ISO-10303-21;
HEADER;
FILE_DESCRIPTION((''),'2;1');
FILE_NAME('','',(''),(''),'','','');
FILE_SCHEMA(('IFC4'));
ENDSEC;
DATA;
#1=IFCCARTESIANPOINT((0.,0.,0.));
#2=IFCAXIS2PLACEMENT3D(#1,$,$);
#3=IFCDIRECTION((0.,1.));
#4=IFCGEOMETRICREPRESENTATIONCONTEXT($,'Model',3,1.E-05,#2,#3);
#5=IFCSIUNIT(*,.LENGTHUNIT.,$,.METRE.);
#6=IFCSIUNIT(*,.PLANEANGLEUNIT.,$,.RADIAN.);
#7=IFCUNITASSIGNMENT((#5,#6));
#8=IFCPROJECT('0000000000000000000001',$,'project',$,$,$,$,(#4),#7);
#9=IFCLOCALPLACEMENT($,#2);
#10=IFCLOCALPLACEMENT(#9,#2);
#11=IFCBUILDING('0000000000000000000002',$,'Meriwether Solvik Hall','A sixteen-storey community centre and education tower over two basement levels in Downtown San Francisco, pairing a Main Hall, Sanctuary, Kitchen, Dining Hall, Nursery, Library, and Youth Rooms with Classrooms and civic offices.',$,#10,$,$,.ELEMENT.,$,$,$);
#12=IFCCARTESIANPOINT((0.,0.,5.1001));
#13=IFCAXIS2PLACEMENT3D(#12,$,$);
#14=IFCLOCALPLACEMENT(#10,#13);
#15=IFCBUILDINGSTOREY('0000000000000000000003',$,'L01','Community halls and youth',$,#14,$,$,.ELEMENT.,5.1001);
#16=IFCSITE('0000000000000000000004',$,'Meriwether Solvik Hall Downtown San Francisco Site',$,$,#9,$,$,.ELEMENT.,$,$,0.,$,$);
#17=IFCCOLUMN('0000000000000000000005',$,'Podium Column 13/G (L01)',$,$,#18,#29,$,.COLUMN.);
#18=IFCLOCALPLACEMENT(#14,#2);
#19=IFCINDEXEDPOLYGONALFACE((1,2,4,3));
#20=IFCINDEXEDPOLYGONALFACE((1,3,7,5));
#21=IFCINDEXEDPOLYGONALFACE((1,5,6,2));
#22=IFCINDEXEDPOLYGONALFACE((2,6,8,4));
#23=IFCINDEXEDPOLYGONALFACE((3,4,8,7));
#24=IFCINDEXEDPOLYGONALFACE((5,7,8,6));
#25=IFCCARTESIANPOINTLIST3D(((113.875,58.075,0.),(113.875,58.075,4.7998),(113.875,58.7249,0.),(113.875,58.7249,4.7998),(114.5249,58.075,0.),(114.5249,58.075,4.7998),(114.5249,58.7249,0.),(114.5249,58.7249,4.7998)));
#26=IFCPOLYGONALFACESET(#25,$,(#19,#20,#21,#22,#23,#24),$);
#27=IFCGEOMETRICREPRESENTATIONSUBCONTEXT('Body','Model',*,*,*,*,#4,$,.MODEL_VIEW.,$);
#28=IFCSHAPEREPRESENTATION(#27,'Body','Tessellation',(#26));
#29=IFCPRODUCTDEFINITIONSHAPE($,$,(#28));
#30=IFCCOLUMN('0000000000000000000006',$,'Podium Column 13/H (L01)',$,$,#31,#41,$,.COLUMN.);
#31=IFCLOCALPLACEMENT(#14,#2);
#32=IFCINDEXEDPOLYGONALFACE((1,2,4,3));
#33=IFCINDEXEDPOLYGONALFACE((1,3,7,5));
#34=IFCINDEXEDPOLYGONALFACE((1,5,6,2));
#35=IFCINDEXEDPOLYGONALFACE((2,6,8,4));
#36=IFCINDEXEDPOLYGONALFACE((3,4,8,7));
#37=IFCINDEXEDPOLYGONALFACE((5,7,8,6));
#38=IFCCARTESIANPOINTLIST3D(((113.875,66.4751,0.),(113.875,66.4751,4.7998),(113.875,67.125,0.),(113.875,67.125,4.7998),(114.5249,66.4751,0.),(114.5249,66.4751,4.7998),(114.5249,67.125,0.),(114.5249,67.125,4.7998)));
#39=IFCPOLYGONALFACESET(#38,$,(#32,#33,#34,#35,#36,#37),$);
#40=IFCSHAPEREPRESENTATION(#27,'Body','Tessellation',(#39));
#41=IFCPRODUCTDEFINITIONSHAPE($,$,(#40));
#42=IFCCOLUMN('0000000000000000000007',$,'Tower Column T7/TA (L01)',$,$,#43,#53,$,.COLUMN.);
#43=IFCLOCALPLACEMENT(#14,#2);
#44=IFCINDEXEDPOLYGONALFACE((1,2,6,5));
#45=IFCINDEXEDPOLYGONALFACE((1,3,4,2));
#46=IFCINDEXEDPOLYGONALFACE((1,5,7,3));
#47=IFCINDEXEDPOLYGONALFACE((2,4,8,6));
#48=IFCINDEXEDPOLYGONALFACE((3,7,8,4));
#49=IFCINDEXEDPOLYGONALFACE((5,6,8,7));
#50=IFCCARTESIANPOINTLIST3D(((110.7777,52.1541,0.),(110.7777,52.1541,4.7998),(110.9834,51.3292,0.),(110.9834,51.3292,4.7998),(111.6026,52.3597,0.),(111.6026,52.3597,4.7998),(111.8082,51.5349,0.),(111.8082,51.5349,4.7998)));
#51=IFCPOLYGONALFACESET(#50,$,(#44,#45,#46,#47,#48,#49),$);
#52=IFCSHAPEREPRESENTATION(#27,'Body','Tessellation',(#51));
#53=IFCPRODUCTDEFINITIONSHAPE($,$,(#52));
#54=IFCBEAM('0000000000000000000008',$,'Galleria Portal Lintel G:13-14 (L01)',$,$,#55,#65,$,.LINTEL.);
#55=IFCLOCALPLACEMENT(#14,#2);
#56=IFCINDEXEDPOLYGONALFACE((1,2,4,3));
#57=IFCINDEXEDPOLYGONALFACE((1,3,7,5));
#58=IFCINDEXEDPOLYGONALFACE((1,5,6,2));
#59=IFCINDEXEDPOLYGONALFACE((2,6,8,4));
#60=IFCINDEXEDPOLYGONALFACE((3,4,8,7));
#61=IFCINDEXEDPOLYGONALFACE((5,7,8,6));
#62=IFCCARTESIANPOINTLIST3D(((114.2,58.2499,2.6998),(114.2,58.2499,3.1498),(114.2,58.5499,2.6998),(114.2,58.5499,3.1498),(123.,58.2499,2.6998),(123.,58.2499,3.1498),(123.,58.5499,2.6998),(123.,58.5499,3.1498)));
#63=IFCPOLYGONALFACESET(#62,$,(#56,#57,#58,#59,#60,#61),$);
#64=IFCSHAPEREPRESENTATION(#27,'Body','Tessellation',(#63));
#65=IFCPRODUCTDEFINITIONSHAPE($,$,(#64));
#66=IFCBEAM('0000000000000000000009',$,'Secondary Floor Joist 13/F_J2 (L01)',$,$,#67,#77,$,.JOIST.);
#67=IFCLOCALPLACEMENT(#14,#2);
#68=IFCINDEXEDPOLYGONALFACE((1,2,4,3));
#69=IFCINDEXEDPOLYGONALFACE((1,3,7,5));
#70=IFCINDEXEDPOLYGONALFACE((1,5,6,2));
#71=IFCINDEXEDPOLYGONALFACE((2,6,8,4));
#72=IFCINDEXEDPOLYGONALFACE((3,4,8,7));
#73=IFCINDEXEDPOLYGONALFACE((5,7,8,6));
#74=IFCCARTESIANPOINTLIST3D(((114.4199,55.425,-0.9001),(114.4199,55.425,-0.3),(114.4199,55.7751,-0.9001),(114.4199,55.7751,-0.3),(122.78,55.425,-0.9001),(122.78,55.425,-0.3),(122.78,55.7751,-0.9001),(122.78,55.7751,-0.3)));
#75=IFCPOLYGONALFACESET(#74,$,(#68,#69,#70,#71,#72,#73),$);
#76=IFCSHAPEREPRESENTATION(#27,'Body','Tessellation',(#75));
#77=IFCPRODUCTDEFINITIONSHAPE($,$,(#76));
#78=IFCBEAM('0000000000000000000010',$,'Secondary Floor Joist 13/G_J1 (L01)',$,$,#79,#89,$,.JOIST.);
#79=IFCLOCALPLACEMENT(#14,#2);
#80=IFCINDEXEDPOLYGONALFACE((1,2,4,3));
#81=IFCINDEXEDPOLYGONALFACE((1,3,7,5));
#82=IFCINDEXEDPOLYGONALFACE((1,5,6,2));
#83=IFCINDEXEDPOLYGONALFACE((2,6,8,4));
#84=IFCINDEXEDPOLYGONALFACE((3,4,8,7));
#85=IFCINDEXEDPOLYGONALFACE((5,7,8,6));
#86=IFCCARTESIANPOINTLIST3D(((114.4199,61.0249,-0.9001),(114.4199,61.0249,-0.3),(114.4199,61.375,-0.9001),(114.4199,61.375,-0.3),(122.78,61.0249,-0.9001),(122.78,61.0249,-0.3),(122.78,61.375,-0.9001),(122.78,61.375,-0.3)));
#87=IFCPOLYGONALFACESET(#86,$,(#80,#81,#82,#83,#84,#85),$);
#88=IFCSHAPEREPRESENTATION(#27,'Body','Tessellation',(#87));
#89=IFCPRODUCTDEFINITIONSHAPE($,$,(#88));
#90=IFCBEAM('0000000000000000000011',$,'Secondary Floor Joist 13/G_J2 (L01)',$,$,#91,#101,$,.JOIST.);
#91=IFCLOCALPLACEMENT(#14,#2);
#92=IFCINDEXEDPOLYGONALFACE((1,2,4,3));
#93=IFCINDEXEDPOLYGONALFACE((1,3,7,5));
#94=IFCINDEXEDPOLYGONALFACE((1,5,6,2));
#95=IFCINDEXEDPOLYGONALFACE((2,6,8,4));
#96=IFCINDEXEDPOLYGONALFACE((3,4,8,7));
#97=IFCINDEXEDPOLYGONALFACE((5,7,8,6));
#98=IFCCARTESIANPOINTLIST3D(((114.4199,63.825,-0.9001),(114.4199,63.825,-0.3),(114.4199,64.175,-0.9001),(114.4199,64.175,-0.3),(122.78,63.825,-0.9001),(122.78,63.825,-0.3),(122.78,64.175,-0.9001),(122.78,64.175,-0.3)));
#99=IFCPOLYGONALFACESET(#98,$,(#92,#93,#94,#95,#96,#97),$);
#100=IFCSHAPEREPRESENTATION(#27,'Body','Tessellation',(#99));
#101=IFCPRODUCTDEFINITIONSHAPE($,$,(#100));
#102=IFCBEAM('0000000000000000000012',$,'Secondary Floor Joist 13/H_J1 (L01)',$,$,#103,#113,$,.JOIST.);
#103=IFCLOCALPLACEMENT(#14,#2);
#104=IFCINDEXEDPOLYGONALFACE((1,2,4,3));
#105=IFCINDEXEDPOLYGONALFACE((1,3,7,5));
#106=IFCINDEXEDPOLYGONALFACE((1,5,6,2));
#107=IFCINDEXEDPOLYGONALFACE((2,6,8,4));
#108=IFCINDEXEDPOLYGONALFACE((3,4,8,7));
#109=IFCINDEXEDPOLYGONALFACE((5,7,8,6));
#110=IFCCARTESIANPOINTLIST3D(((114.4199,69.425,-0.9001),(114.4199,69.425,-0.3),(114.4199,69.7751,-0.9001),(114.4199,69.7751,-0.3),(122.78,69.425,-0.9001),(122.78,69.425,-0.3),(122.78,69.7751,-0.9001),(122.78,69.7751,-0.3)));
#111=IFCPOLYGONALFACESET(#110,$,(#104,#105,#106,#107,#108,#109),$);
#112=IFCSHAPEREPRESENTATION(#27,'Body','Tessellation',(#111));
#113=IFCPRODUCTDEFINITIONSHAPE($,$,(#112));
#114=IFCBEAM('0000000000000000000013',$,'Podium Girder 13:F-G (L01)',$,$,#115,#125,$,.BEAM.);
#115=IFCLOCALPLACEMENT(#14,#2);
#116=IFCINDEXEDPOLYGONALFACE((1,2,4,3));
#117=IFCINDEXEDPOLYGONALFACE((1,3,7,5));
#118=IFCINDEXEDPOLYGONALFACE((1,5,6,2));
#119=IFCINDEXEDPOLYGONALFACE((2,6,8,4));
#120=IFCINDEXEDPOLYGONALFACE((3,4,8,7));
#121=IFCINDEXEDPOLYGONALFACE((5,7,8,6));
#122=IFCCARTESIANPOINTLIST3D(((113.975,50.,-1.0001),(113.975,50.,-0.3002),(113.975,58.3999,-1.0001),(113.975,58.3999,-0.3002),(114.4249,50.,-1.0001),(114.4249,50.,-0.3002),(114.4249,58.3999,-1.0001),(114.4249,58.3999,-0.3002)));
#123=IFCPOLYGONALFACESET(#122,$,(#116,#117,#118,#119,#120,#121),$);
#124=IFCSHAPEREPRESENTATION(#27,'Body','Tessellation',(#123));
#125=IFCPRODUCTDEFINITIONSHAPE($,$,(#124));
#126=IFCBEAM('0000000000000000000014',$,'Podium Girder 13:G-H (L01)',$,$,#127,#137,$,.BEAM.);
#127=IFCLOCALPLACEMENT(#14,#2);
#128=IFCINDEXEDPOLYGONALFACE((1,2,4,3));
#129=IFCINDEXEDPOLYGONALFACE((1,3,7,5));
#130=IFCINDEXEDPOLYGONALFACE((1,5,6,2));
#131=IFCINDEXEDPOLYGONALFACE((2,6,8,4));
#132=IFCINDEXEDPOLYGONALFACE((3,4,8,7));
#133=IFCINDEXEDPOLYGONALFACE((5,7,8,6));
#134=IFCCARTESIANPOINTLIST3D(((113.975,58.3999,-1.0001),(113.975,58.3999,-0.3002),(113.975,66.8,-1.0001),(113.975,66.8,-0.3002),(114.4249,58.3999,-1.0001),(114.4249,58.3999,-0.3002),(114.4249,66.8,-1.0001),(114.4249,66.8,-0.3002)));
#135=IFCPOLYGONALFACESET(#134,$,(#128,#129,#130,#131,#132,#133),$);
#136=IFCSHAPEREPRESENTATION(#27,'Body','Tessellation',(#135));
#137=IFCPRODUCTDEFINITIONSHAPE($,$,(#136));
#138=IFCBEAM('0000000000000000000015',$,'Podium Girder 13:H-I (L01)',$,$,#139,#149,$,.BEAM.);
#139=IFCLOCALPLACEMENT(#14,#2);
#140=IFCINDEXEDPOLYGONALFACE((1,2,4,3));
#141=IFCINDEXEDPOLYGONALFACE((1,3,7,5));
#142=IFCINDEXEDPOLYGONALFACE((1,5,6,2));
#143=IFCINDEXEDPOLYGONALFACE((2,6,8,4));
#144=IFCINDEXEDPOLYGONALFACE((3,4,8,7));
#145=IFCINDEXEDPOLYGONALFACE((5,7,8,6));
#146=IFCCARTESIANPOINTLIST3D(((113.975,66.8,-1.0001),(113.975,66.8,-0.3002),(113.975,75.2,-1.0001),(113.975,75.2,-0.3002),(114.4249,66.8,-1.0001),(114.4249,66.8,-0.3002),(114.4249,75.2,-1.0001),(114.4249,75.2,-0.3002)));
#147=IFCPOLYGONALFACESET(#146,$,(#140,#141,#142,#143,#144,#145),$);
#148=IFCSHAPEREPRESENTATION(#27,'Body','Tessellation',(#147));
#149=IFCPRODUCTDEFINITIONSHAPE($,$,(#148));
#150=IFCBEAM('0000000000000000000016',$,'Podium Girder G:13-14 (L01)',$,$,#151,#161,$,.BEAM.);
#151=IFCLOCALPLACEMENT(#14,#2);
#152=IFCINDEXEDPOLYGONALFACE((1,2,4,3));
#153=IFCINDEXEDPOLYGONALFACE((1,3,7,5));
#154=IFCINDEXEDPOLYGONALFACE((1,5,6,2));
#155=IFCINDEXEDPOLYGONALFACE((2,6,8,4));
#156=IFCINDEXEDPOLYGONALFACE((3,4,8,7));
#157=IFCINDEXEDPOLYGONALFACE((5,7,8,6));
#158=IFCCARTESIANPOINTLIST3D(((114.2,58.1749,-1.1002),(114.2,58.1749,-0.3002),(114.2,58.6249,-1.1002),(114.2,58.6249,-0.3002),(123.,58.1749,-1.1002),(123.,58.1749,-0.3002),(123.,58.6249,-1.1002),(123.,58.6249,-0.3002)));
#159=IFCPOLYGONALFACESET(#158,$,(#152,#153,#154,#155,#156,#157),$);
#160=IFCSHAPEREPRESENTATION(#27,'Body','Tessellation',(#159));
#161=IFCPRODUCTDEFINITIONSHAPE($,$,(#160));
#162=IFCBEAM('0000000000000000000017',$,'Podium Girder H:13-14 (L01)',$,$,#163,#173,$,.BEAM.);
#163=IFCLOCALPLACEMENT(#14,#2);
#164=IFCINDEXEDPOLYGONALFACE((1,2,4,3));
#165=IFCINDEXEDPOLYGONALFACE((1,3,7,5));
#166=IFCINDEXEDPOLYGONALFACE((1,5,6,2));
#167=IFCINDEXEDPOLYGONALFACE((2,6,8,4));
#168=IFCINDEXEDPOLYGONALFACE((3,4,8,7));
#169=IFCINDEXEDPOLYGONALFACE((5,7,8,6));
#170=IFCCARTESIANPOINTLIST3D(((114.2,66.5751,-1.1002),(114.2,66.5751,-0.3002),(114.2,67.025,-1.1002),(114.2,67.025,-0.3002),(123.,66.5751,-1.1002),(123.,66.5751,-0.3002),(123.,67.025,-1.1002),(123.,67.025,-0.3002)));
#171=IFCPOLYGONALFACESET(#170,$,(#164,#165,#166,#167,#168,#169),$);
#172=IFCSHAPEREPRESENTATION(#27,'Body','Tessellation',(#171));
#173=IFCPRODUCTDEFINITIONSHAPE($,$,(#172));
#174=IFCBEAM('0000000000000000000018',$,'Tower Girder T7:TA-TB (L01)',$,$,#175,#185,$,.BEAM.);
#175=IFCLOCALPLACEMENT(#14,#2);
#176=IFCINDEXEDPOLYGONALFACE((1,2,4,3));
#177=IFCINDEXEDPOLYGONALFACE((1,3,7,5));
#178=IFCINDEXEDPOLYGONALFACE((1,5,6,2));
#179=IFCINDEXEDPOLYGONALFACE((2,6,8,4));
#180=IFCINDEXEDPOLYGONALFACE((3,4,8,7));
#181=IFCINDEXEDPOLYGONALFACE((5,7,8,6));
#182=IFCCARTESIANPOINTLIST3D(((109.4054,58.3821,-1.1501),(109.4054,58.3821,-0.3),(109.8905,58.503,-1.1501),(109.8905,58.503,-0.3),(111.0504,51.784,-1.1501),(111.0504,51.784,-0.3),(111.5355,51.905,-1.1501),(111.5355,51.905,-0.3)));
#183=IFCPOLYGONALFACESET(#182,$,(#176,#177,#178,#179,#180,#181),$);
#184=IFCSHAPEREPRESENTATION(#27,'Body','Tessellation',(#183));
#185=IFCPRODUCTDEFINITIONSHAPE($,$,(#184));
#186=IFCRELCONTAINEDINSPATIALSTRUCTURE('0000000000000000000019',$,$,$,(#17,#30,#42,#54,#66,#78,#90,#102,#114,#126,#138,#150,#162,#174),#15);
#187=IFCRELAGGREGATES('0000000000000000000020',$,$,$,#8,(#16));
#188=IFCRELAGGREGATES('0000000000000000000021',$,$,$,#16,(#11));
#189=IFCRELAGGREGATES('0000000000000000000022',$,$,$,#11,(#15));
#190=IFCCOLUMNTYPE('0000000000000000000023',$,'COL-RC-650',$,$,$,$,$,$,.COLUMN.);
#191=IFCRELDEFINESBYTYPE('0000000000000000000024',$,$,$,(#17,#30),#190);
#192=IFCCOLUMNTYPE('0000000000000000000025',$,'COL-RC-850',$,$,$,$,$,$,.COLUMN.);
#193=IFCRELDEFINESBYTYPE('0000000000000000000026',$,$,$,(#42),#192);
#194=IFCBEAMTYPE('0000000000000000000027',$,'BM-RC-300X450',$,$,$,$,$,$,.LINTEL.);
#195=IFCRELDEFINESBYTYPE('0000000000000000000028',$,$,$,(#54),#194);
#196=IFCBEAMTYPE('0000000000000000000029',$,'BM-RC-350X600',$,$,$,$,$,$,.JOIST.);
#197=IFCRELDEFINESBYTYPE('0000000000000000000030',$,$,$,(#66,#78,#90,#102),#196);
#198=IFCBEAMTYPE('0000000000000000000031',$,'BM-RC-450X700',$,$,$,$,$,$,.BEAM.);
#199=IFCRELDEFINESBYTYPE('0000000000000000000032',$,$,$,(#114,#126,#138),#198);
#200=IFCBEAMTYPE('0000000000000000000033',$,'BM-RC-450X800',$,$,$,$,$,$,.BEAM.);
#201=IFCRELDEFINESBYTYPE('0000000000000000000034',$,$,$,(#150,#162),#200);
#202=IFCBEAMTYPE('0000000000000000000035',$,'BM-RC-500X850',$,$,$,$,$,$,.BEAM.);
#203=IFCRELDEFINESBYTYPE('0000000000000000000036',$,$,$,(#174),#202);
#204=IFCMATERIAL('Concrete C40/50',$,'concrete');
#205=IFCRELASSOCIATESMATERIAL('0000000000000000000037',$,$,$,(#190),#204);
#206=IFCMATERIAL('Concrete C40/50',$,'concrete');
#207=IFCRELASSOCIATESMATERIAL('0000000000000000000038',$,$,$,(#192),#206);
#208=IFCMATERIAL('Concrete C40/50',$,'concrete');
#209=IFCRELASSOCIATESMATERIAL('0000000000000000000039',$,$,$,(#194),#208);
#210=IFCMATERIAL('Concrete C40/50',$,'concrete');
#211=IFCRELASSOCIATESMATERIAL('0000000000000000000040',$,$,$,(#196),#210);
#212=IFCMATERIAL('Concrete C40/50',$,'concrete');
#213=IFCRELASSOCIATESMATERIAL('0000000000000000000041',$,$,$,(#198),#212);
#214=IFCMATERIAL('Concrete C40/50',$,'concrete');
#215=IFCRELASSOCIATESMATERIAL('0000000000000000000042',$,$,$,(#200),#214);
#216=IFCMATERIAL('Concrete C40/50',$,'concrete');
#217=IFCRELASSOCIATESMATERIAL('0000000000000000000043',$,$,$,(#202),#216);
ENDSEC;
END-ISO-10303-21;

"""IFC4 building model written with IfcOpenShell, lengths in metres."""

from ifc_helpers import new_model, si_unit, direction, frame, origin, origin_2d, place, context, subcontext, project, spatial, rectangle, extrude, material, material_profile, profile_set, type_object, element, save


model = new_model("IFC4")

# Units and contexts
model_context = context("Model", 3, precision=1e-05, world=origin(), true_north=direction((0.0, 1.0)))
body_context = subcontext(model_context, "Body", "Model", "MODEL_VIEW")
ifc_project = project(units=[si_unit("LENGTHUNIT", "METRE"), si_unit("PLANEANGLEUNIT", "RADIAN")], contexts=[model_context])

# Site, building, storey
site_placement = place(None, origin())
site = spatial("IfcSite", under=ifc_project, at=site_placement, Name="Meriwether Solvik Hall Downtown San Francisco Site", CompositionType="ELEMENT", RefElevation=0.0)
building_placement = place(site_placement, origin())
building = spatial("IfcBuilding", under=site, at=building_placement, Name="Meriwether Solvik Hall", Description="A sixteen-storey community centre and education tower over two basement levels in Downtown San Francisco, pairing a Main Hall, Sanctuary, Kitchen, Dining Hall, Nursery, Library, and Youth Rooms with Classrooms and civic offices.", CompositionType="ELEMENT")
storey_placement = place(building_placement, frame((0.0, 0.0, 5.1001)))
storey = spatial("IfcBuildingStorey", under=building, at=storey_placement, Name="L01", Description="Community halls and youth", CompositionType="ELEMENT", Elevation=5.1001)

# Columns
ifc_material_1 = material(Name="Concrete C40/50", Category="concrete")
ifc_material_profile_1 = material_profile(ifc_material_1, rectangle(XDim=0.6499, YDim=0.6499, at=origin_2d()), Name="RCC-650X650")
ifc_profile_set_1 = profile_set([ifc_material_profile_1], Name="Concrete C40/50")
column_type_1 = type_object("IfcColumnType", Name="COL-RC-650", PredefinedType="COLUMN", material=ifc_profile_set_1)
for number, where, z_axis, x_axis, name in (
    (1, (114.2, 58.3999, 0.0), (0.0, 0.0, 1.0), (1.0, 0.0, 0.0), "Podium Column 13/G (L01)"),
    (2, (114.2, 66.8, 0.0), (0.0, 0.0, 1.0), (1.0, 0.0, 0.0), "Podium Column 13/H (L01)"),
):
    element("IfcColumn", number, at=place(storey_placement, frame(where, z_axis=z_axis, x_axis=x_axis)), inside=storey, type_object=column_type_1, Name=name, PredefinedType="COLUMN", context=body_context, shape_type="SweptSolid", body=[
        extrude(rectangle(XDim=0.6499, YDim=0.6499, at=origin_2d()), origin(), (0.0, 0.0, 1.0), 4.7998),
    ])
ifc_material_2 = material(Name="Concrete C40/50", Category="concrete")
ifc_material_profile_2 = material_profile(ifc_material_2, rectangle(XDim=0.8501, YDim=0.8501, at=origin_2d()), Name="RCC-850X850")
ifc_profile_set_2 = profile_set([ifc_material_profile_2], Name="Concrete C40/50")
column_type_2 = type_object("IfcColumnType", Name="COL-RC-850", PredefinedType="COLUMN", material=ifc_profile_set_2)
column_placement = place(storey_placement, frame((111.293, 51.8445, 0.0), z_axis=(0.0, 0.0, 1.0), x_axis=(0.970296, 0.241922, 0.0)))
element("IfcColumn", 3, at=column_placement, inside=storey, type_object=column_type_2, Name="Tower Column T7/TA (L01)", PredefinedType="COLUMN", context=body_context, shape_type="SweptSolid", body=[
    extrude(rectangle(XDim=0.8501, YDim=0.8501, at=origin_2d()), origin(), (0.0, 0.0, 1.0), 4.7998),
])

# Beams
ifc_material_3 = material(Name="Concrete C40/50", Category="concrete")
ifc_material_profile_3 = material_profile(ifc_material_3, rectangle(XDim=0.3, YDim=0.45, at=origin_2d()), Name="RCB-300X450")
ifc_profile_set_3 = profile_set([ifc_material_profile_3], Name="Concrete C40/50")
beam_type_1 = type_object("IfcBeamType", Name="BM-RC-300X450", PredefinedType="LINTEL", material=ifc_profile_set_3)
beam_1_placement = place(storey_placement, frame((114.2, 58.3999, 2.9248), z_axis=(1.0, 0.0, 0.0), x_axis=(0.0, 1.0, 0.0)))
element("IfcBeam", 4, at=beam_1_placement, inside=storey, type_object=beam_type_1, Name="Galleria Portal Lintel G:13-14 (L01)", PredefinedType="LINTEL", context=body_context, shape_type="SweptSolid", body=[
    extrude(rectangle(XDim=0.3, YDim=0.45, at=origin_2d()), origin(), (0.0, 0.0, 1.0), 8.8),
])
ifc_material_4 = material(Name="Concrete C40/50", Category="concrete")
ifc_material_profile_4 = material_profile(ifc_material_4, rectangle(XDim=0.3501, YDim=0.6001, at=origin_2d()), Name="RCB-350X600")
ifc_profile_set_4 = profile_set([ifc_material_profile_4], Name="Concrete C40/50")
beam_type_2 = type_object("IfcBeamType", Name="BM-RC-350X600", PredefinedType="JOIST", material=ifc_profile_set_4)
for number, where, z_axis, x_axis, name in (
    (5, (114.4199, 55.6001, -0.6001), (1.0, 0.0, 0.0), (0.0, 1.0, 0.0), "Secondary Floor Joist 13/F_J2 (L01)"),
    (6, (114.4199, 61.2, -0.6001), (1.0, 0.0, 0.0), (0.0, 1.0, 0.0), "Secondary Floor Joist 13/G_J1 (L01)"),
    (7, (114.4199, 64.0, -0.6001), (1.0, 0.0, 0.0), (0.0, 1.0, 0.0), "Secondary Floor Joist 13/G_J2 (L01)"),
    (8, (114.4199, 69.6001, -0.6001), (1.0, 0.0, 0.0), (0.0, 1.0, 0.0), "Secondary Floor Joist 13/H_J1 (L01)"),
):
    element("IfcBeam", number, at=place(storey_placement, frame(where, z_axis=z_axis, x_axis=x_axis)), inside=storey, type_object=beam_type_2, Name=name, PredefinedType="JOIST", context=body_context, shape_type="SweptSolid", body=[
        extrude(rectangle(XDim=0.3501, YDim=0.6001, at=origin_2d()), origin(), (0.0, 0.0, 1.0), 8.3601),
    ])
ifc_material_5 = material(Name="Concrete C40/50", Category="concrete")
ifc_material_profile_5 = material_profile(ifc_material_5, rectangle(XDim=0.45, YDim=0.7, at=origin_2d()), Name="RCB-450X700")
ifc_profile_set_5 = profile_set([ifc_material_profile_5], Name="Concrete C40/50")
beam_type_3 = type_object("IfcBeamType", Name="BM-RC-450X700", PredefinedType="BEAM", material=ifc_profile_set_5)
beam_2_placement = place(storey_placement, frame((114.2, 50.0, -0.6501), z_axis=(0.0, 1.0, 0.0), x_axis=(-1.0, 0.0, 0.0)))
element("IfcBeam", 9, at=beam_2_placement, inside=storey, type_object=beam_type_3, Name="Podium Girder 13:F-G (L01)", PredefinedType="BEAM", context=body_context, shape_type="SweptSolid", body=[
    extrude(rectangle(XDim=0.45, YDim=0.7, at=origin_2d()), origin(), (0.0, 0.0, 1.0), 8.3999),
])
beam_3_placement = place(storey_placement, frame((114.2, 58.3999, -0.6501), z_axis=(0.0, 1.0, 0.0), x_axis=(-1.0, 0.0, 0.0)))
element("IfcBeam", 10, at=beam_3_placement, inside=storey, type_object=beam_type_3, Name="Podium Girder 13:G-H (L01)", PredefinedType="BEAM", context=body_context, shape_type="SweptSolid", body=[
    extrude(rectangle(XDim=0.45, YDim=0.7, at=origin_2d()), origin(), (0.0, 0.0, 1.0), 8.4001),
])
beam_4_placement = place(storey_placement, frame((114.2, 66.8, -0.6501), z_axis=(0.0, 1.0, 0.0), x_axis=(-1.0, 0.0, 0.0)))
element("IfcBeam", 11, at=beam_4_placement, inside=storey, type_object=beam_type_3, Name="Podium Girder 13:H-I (L01)", PredefinedType="BEAM", context=body_context, shape_type="SweptSolid", body=[
    extrude(rectangle(XDim=0.45, YDim=0.7, at=origin_2d()), origin(), (0.0, 0.0, 1.0), 8.3999),
])
ifc_material_6 = material(Name="Concrete C40/50", Category="concrete")
ifc_material_profile_6 = material_profile(ifc_material_6, rectangle(XDim=0.45, YDim=0.8, at=origin_2d()), Name="RCB-450X800")
ifc_profile_set_6 = profile_set([ifc_material_profile_6], Name="Concrete C40/50")
beam_type_4 = type_object("IfcBeamType", Name="BM-RC-450X800", PredefinedType="BEAM", material=ifc_profile_set_6)
for number, where, z_axis, x_axis, name in (
    (12, (114.2, 58.3999, -0.7002), (1.0, 0.0, 0.0), (0.0, 1.0, 0.0), "Podium Girder G:13-14 (L01)"),
    (13, (114.2, 66.8, -0.7002), (1.0, 0.0, 0.0), (0.0, 1.0, 0.0), "Podium Girder H:13-14 (L01)"),
):
    element("IfcBeam", number, at=place(storey_placement, frame(where, z_axis=z_axis, x_axis=x_axis)), inside=storey, type_object=beam_type_4, Name=name, PredefinedType="BEAM", context=body_context, shape_type="SweptSolid", body=[
        extrude(rectangle(XDim=0.45, YDim=0.8, at=origin_2d()), origin(), (0.0, 0.0, 1.0), 8.8),
    ])
ifc_material_7 = material(Name="Concrete C40/50", Category="concrete")
ifc_material_profile_7 = material_profile(ifc_material_7, rectangle(XDim=0.5, YDim=0.8501, at=origin_2d()), Name="RCB-500X850")
ifc_profile_set_7 = profile_set([ifc_material_profile_7], Name="Concrete C40/50")
beam_type_5 = type_object("IfcBeamType", Name="BM-RC-500X850", PredefinedType="BEAM", material=ifc_profile_set_7)
beam_5_placement = place(storey_placement, frame((111.293, 51.8445, -0.7251), z_axis=(-0.24191, 0.970299, 0.0), x_axis=(-0.970299, -0.24191, 0.0)))
element("IfcBeam", 14, at=beam_5_placement, inside=storey, type_object=beam_type_5, Name="Tower Girder T7:TA-TB (L01)", PredefinedType="BEAM", context=body_context, shape_type="SweptSolid", body=[
    extrude(rectangle(XDim=0.5, YDim=0.8501, at=origin_2d()), origin(), (0.0, 0.0, 1.0), 6.8),
])

save(model, "model.ifc")
